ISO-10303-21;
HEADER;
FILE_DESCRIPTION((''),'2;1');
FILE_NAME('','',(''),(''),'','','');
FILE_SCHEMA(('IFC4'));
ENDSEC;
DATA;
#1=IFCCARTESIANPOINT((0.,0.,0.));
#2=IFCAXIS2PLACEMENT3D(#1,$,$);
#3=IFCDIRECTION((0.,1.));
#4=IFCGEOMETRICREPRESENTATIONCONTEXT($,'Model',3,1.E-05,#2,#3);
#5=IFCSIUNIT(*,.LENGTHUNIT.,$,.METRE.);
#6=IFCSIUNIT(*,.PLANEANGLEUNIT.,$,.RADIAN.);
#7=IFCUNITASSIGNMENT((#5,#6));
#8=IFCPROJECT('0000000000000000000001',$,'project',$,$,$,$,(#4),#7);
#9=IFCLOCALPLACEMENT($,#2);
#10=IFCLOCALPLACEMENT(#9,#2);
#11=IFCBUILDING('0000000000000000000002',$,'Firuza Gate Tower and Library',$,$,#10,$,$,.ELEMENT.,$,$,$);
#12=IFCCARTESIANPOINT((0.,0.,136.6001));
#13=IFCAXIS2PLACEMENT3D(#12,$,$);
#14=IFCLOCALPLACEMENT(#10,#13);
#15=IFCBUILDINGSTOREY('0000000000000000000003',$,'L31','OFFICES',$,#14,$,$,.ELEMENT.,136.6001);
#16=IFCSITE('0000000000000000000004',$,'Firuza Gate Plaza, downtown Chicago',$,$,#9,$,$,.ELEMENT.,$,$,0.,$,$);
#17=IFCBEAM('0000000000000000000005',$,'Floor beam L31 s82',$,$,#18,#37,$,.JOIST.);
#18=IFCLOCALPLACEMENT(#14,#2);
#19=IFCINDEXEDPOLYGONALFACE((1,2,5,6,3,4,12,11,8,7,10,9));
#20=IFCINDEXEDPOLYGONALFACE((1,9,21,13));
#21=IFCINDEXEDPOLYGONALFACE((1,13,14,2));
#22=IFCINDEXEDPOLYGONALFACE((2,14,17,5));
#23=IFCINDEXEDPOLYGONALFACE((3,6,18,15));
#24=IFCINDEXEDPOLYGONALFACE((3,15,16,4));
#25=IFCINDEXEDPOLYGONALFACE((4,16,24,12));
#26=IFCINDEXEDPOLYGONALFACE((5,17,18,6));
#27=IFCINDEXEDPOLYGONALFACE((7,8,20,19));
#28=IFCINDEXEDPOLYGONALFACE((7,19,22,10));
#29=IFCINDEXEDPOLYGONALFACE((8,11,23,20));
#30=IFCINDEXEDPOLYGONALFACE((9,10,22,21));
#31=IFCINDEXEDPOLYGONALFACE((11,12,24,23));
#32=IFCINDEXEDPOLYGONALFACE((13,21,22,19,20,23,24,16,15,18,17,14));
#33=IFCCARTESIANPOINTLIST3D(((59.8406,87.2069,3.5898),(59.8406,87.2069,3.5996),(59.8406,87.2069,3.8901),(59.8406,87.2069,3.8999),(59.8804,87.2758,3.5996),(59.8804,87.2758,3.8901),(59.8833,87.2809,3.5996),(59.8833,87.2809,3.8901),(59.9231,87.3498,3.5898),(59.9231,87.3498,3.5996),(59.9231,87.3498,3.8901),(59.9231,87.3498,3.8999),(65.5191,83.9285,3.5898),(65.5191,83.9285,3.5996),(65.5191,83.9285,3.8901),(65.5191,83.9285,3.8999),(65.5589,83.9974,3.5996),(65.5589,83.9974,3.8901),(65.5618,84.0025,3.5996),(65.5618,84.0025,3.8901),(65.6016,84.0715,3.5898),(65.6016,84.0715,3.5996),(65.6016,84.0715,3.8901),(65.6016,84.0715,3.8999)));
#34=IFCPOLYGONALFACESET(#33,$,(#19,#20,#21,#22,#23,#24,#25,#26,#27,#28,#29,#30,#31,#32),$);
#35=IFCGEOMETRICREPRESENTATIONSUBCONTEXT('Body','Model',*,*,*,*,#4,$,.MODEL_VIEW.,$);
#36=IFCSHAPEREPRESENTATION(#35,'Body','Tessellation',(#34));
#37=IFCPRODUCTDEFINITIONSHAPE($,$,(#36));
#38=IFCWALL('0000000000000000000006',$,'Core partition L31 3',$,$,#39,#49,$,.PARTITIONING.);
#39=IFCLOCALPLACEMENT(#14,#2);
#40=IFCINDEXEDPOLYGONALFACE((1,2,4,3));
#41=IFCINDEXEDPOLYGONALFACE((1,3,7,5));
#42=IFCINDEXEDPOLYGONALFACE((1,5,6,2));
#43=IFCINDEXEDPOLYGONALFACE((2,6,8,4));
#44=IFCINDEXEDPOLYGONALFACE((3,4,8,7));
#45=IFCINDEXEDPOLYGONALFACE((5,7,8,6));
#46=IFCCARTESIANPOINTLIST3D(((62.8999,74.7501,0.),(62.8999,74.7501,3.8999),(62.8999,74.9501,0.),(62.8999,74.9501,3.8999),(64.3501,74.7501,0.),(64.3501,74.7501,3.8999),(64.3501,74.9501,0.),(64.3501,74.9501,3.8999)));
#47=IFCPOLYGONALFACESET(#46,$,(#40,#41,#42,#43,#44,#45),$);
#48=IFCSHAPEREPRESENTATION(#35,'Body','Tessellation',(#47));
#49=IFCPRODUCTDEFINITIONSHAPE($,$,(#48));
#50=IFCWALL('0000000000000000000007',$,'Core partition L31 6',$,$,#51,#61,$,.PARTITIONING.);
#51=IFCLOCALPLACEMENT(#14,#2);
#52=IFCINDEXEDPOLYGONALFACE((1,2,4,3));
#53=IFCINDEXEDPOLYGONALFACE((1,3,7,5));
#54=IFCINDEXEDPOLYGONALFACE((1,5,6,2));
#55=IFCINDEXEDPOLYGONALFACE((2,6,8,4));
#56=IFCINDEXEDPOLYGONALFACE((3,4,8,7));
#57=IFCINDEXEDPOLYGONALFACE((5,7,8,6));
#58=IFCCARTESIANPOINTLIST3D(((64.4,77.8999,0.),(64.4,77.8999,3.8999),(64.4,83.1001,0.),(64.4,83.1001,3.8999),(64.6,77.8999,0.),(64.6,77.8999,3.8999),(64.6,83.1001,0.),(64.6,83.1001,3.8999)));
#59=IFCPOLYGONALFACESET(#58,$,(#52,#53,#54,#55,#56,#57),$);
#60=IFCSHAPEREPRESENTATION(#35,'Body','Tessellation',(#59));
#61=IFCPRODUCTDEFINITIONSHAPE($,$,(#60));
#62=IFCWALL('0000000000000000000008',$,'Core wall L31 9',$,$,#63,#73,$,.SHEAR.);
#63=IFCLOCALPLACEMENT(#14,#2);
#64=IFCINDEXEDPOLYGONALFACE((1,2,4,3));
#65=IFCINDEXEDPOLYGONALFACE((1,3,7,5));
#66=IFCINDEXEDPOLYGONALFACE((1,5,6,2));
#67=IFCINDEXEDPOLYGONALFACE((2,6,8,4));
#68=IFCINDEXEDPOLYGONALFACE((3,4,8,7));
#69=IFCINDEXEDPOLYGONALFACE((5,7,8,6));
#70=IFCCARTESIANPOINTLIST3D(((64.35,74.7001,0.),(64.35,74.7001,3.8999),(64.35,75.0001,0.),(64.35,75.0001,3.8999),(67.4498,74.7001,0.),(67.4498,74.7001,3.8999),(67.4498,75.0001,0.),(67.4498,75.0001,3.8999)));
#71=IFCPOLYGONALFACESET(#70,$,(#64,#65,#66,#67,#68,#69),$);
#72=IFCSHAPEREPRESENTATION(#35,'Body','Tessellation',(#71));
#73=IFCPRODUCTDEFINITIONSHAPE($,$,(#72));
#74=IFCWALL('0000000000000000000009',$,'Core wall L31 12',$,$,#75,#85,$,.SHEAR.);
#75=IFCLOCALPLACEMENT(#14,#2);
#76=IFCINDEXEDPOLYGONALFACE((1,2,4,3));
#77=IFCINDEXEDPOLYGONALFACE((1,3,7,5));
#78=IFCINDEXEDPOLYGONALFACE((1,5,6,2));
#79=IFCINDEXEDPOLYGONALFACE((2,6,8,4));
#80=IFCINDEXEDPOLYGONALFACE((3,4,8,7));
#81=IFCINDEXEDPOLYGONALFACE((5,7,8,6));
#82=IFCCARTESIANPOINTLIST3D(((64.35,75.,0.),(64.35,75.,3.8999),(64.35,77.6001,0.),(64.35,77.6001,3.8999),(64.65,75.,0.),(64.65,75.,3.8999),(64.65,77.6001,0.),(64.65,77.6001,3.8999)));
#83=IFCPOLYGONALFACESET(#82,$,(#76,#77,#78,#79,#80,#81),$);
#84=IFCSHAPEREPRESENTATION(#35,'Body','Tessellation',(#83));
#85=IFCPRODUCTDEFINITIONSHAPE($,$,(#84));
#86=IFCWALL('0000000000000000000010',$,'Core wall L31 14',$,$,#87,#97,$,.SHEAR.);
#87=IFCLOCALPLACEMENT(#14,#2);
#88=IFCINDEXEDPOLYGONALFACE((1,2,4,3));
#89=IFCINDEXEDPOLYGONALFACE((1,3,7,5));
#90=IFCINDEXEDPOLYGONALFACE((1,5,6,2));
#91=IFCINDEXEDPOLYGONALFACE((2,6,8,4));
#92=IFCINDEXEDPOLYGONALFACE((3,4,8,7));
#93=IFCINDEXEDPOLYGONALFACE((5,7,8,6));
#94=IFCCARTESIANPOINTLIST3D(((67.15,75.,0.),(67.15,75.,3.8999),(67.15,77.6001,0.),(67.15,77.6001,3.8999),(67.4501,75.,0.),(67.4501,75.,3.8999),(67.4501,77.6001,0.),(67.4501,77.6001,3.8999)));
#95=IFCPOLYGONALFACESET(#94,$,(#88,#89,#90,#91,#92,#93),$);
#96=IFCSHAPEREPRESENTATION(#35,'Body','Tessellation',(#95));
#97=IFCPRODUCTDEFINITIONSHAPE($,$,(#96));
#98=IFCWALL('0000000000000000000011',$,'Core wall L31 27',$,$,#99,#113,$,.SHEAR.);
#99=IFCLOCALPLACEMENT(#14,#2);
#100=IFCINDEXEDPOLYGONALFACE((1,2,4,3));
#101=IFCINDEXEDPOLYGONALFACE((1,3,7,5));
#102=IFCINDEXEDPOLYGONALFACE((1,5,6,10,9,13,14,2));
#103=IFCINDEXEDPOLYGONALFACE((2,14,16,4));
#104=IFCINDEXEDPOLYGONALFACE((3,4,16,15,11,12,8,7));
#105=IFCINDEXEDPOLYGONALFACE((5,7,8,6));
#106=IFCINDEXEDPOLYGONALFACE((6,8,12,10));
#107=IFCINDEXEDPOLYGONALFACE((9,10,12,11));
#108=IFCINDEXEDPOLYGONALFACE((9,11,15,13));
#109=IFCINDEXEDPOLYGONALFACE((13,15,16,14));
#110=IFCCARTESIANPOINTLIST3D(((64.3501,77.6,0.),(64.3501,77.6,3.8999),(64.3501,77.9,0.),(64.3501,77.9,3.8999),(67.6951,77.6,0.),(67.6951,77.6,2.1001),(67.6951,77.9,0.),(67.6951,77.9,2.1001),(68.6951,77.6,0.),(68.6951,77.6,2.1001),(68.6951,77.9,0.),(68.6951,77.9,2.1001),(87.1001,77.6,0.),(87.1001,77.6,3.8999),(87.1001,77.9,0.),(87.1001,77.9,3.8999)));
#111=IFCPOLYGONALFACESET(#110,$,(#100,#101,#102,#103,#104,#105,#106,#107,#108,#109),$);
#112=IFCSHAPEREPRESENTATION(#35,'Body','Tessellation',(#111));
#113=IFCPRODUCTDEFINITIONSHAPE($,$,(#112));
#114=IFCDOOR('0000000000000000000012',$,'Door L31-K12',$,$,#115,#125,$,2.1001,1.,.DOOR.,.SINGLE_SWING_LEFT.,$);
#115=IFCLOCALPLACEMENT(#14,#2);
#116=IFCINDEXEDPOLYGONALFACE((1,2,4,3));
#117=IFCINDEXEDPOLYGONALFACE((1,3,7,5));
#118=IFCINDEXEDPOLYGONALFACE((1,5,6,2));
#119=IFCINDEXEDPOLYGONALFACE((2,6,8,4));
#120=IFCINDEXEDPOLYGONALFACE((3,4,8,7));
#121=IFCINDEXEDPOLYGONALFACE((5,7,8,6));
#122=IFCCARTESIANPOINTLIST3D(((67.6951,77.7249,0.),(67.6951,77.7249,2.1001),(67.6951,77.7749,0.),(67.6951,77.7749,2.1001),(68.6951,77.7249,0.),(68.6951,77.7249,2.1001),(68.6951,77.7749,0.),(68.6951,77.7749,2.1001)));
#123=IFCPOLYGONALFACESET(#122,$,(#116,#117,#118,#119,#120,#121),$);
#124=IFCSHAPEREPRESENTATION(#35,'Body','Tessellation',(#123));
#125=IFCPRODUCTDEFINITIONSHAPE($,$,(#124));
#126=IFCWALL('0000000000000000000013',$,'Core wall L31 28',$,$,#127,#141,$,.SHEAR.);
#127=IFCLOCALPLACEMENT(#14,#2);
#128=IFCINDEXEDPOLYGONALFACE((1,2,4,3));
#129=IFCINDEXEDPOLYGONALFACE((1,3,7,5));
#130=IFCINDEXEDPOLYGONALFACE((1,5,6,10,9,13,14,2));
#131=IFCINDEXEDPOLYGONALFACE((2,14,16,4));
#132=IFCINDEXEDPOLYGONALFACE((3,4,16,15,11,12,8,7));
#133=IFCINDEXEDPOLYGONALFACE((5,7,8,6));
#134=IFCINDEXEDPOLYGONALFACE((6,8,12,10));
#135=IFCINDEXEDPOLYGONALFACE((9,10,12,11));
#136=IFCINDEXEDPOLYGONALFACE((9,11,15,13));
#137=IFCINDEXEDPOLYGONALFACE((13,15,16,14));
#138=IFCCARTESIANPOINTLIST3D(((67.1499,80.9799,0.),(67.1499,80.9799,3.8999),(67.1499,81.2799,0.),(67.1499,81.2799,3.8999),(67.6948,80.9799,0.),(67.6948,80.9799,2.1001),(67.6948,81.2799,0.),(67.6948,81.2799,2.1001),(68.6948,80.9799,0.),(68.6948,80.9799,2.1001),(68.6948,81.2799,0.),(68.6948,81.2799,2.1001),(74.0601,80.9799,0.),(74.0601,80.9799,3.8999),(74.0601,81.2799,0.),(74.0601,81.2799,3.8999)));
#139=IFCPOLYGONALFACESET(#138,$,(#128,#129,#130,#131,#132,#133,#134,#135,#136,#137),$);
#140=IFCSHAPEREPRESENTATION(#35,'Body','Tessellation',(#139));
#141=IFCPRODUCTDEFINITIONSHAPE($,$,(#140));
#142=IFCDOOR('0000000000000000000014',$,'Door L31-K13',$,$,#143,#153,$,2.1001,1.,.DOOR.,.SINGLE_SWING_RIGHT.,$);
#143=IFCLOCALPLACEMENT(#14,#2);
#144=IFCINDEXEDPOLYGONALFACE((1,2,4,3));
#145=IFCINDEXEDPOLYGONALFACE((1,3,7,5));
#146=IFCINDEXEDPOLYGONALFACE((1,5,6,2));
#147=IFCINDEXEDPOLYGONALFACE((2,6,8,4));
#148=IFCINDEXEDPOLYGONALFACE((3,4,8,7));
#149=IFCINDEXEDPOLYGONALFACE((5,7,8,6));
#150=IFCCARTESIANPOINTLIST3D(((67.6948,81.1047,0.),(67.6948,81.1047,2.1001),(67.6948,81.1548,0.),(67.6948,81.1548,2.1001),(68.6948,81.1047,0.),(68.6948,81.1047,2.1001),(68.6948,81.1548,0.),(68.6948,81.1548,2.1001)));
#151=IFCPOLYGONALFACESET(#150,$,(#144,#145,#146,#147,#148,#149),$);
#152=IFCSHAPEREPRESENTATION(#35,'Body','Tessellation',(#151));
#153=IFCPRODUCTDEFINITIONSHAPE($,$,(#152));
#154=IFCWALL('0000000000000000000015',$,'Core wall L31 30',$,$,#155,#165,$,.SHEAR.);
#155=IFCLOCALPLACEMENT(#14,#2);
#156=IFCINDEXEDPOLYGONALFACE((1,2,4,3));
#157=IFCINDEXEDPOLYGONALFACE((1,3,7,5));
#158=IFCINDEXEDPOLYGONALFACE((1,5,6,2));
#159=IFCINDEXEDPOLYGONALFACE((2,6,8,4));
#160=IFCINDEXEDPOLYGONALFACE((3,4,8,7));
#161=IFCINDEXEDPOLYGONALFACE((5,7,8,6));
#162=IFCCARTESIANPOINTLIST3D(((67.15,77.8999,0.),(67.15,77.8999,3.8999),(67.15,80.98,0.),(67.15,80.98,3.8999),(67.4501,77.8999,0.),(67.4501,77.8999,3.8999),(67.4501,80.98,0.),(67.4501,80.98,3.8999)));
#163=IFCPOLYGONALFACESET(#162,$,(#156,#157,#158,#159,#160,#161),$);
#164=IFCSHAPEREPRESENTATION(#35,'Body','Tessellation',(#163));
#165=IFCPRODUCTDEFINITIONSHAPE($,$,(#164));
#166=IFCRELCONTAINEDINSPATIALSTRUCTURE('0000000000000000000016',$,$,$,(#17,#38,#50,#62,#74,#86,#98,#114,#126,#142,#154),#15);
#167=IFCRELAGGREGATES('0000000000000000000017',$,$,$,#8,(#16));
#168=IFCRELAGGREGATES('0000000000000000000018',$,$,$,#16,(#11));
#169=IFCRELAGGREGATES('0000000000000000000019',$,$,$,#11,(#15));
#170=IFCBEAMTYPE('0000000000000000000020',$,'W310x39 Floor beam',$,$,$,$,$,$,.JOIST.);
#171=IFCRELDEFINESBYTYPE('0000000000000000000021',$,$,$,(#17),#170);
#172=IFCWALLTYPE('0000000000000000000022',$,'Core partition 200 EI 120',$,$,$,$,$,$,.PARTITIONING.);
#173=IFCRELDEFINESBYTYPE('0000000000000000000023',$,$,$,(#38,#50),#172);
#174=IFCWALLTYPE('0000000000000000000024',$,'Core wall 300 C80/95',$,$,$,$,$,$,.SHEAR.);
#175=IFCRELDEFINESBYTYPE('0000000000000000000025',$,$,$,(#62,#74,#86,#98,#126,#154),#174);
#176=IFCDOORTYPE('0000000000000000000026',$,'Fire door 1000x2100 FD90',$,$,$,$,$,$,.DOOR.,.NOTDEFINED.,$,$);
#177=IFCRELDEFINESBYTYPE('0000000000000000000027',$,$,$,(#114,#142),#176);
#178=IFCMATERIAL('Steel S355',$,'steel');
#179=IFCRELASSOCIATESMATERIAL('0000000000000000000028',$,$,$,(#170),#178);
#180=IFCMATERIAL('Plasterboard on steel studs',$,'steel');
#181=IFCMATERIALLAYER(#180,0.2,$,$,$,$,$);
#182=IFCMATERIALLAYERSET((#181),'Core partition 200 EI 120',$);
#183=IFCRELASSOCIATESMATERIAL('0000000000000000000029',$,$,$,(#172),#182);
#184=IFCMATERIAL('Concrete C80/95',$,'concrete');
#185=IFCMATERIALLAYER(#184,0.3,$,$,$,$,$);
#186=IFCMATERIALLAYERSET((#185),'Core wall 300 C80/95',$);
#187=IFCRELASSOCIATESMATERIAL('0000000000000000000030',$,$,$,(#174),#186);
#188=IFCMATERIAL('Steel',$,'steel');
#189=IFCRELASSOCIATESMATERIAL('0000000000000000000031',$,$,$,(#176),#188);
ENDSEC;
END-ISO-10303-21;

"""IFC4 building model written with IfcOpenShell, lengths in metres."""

from ifc_helpers import new_model, si_unit, direction, frame, frame_2d, origin, origin_2d, place, context, subcontext, project, spatial, rectangle, i_section, extrude, material, layer, layer_set, material_profile, profile_set, type_object, element, fill, save


model = new_model("IFC4")

# Units and contexts
model_context = context("Model", 3, precision=1e-05, world=origin(), true_north=direction((0.0, 1.0)))
body_context = subcontext(model_context, "Body", "Model", "MODEL_VIEW")
ifc_project = project(units=[si_unit("LENGTHUNIT", "METRE"), si_unit("PLANEANGLEUNIT", "RADIAN")], contexts=[model_context])

# Site, building, storey
site_placement = place(None, origin())
site = spatial("IfcSite", under=ifc_project, at=site_placement, Name="Firuza Gate Plaza, downtown Chicago", CompositionType="ELEMENT", RefElevation=0.0)
building_placement = place(site_placement, origin())
building = spatial("IfcBuilding", under=site, at=building_placement, Name="Firuza Gate Tower and Library", CompositionType="ELEMENT")
storey_placement = place(building_placement, frame((0.0, 0.0, 136.6001)))
storey = spatial("IfcBuildingStorey", under=building, at=storey_placement, Name="L31", Description="OFFICES", CompositionType="ELEMENT", Elevation=136.6001)

# Beam
ifc_material_1 = material(Name="Steel S355", Category="steel")
ifc_material_profile = material_profile(ifc_material_1, i_section(OverallWidth=0.165, OverallDepth=0.3101, WebThickness=0.0059, FlangeThickness=0.0098, at=origin_2d()))
ifc_profile_set = profile_set([ifc_material_profile], Name="Steel S355")
beam_type = type_object("IfcBeamType", Name="W310x39 Floor beam", PredefinedType="JOIST", material=ifc_profile_set)
beam_placement = place(storey_placement, frame((59.8818, 87.2783, 3.7449), z_axis=(0.866035, -0.499984, 0.0), x_axis=(0.499984, 0.866035, 0.0)))
element("IfcBeam", 1, at=beam_placement, inside=storey, type_object=beam_type, Name="Floor beam L31 s82", PredefinedType="JOIST", context=body_context, shape_type="SweptSolid", body=[
    extrude(i_section(OverallWidth=0.165, OverallDepth=0.3101, WebThickness=0.0059, FlangeThickness=0.0098, at=origin_2d()), origin(), (0.0, 0.0, 1.0), 6.5569),
])

# Walls
ifc_material_2 = material(Name="Plasterboard on steel studs", Category="steel")
ifc_layer_1 = layer(ifc_material_2, 0.2)
ifc_layer_set_1 = layer_set([ifc_layer_1], Name="Core partition 200 EI 120")
wall_type_1 = type_object("IfcWallType", Name="Core partition 200 EI 120", PredefinedType="PARTITIONING", material=ifc_layer_set_1)
wall_1_placement = place(storey_placement, frame((62.8999, 74.8501, 0.0), z_axis=(0.0, 0.0, 1.0), x_axis=(1.0, 0.0, 0.0)))
element("IfcWall", 2, at=wall_1_placement, inside=storey, type_object=wall_type_1, Name="Core partition L31 3", PredefinedType="PARTITIONING", context=body_context, shape_type="SweptSolid", body=[
    extrude(rectangle(XDim=1.4502, YDim=0.2, at=frame_2d((0.7251, 0.0))), origin(), (0.0, 0.0, 1.0), 3.8999),
])
wall_2_placement = place(storey_placement, frame((64.5, 77.8999, 0.0), z_axis=(0.0, 0.0, 1.0), x_axis=(0.0, 1.0, 0.0)))
element("IfcWall", 3, at=wall_2_placement, inside=storey, type_object=wall_type_1, Name="Core partition L31 6", PredefinedType="PARTITIONING", context=body_context, shape_type="SweptSolid", body=[
    extrude(rectangle(XDim=5.2002, YDim=0.2, at=frame_2d((2.6001, 0.0))), origin(), (0.0, 0.0, 1.0), 3.8999),
])
ifc_material_3 = material(Name="Concrete C80/95", Category="concrete")
ifc_layer_2 = layer(ifc_material_3, 0.3)
ifc_layer_set_2 = layer_set([ifc_layer_2], Name="Core wall 300 C80/95")
wall_type_2 = type_object("IfcWallType", Name="Core wall 300 C80/95", PredefinedType="SHEAR", material=ifc_layer_set_2)
wall_3_placement = place(storey_placement, frame((64.3501, 74.8501, 0.0), z_axis=(0.0, 0.0, 1.0), x_axis=(1.0, 0.0, 0.0)))
element("IfcWall", 4, at=wall_3_placement, inside=storey, type_object=wall_type_2, Name="Core wall L31 9", PredefinedType="SHEAR", context=body_context, shape_type="SweptSolid", body=[
    extrude(rectangle(XDim=3.0999, YDim=0.3, at=frame_2d((1.5498, 0.0))), origin(), (0.0, 0.0, 1.0), 3.8999),
])
for number, where, z_axis, x_axis, name in (
    (5, (64.5, 75.0, 0.0), (0.0, 0.0, 1.0), (0.0, 1.0, 0.0), "Core wall L31 12"),
    (6, (67.3, 75.0, 0.0), (0.0, 0.0, 1.0), (0.0, 1.0, 0.0), "Core wall L31 14"),
):
    element("IfcWall", number, at=place(storey_placement, frame(where, z_axis=z_axis, x_axis=x_axis)), inside=storey, type_object=wall_type_2, Name=name, PredefinedType="SHEAR", context=body_context, shape_type="SweptSolid", body=[
        extrude(rectangle(XDim=2.6001, YDim=0.3, at=frame_2d((1.3, 0.0))), origin(), (0.0, 0.0, 1.0), 3.8999),
    ])

# Walls, openings, doors
wall_4_placement = place(storey_placement, frame((64.3501, 77.75, 0.0), z_axis=(0.0, 0.0, 1.0), x_axis=(1.0, 0.0, 0.0)))
wall_4 = element("IfcWall", 7, at=wall_4_placement, inside=storey, type_object=wall_type_2, Name="Core wall L31 27", PredefinedType="SHEAR", context=body_context, shape_type="SweptSolid", body=[
    extrude(rectangle(XDim=22.75, YDim=0.3, at=frame_2d((11.375, 0.0))), origin(), (0.0, 0.0, 1.0), 3.8999),
])
opening_1_placement = place(wall_4_placement, frame((3.345, 0.0, 0.0)))
opening_1 = element("IfcOpeningElement", 8, at=opening_1_placement, cuts=wall_4, PredefinedType="OPENING", context=body_context, shape_type="SweptSolid", body=[
    extrude(rectangle(XDim=1.0, YDim=2.1001, at=frame_2d((0.5, 1.05))), frame((0.0, 0.1602, 0.0), z_axis=(0.0, -1.0, 0.0), x_axis=(1.0, 0.0, 0.0)), (0.0, 0.0, 1.0), 0.3201),
])
ifc_material_4 = material(Name="Steel", Category="steel")
door_type_1 = type_object("IfcDoorType", Name="Fire door 1000x2100 FD90", OperationType="NOTDEFINED", PredefinedType="DOOR", material=ifc_material_4)
door_1_placement = place(opening_1_placement, origin())
door_1 = element("IfcDoor", 9, at=door_1_placement, inside=storey, type_object=door_type_1, Name="Door L31-K12", OperationType="SINGLE_SWING_LEFT", OverallHeight=2.1001, OverallWidth=1.0, PredefinedType="DOOR", context=body_context, shape_type="SweptSolid", body=[
    extrude(rectangle(XDim=1.0, YDim=2.1001, at=frame_2d((0.5, 1.05))), frame((0.0, 0.0249, 0.0), z_axis=(0.0, -1.0, 0.0), x_axis=(1.0, 0.0, 0.0)), (0.0, 0.0, 1.0), 0.05),
])
fill(opening_1, door_1)
wall_5_placement = place(storey_placement, frame((67.1499, 81.1299, 0.0), z_axis=(0.0, 0.0, 1.0), x_axis=(1.0, 0.0, 0.0)))
wall_5 = element("IfcWall", 10, at=wall_5_placement, inside=storey, type_object=wall_type_2, Name="Core wall L31 28", PredefinedType="SHEAR", context=body_context, shape_type="SweptSolid", body=[
    extrude(rectangle(XDim=6.9102, YDim=0.3, at=frame_2d((3.4551, 0.0))), origin(), (0.0, 0.0, 1.0), 3.8999),
])
opening_2_placement = place(wall_5_placement, frame((0.5449, 0.0, 0.0)))
opening_2 = element("IfcOpeningElement", 11, at=opening_2_placement, cuts=wall_5, PredefinedType="OPENING", context=body_context, shape_type="SweptSolid", body=[
    extrude(rectangle(XDim=1.0, YDim=2.1001, at=frame_2d((0.5, 1.05))), frame((0.0, 0.1602, 0.0), z_axis=(0.0, -1.0, 0.0), x_axis=(1.0, 0.0, 0.0)), (0.0, 0.0, 1.0), 0.3201),
])
door_2_placement = place(opening_2_placement, origin())
door_2 = element("IfcDoor", 12, at=door_2_placement, inside=storey, type_object=door_type_1, Name="Door L31-K13", OperationType="SINGLE_SWING_RIGHT", OverallHeight=2.1001, OverallWidth=1.0, PredefinedType="DOOR", context=body_context, shape_type="SweptSolid", body=[
    extrude(rectangle(XDim=1.0, YDim=2.1001, at=frame_2d((0.5, 1.05))), frame((0.0, 0.0249, 0.0), z_axis=(0.0, -1.0, 0.0), x_axis=(1.0, 0.0, 0.0)), (0.0, 0.0, 1.0), 0.05),
])
fill(opening_2, door_2)

# Wall
wall_6_placement = place(storey_placement, frame((67.3, 77.8999, 0.0), z_axis=(0.0, 0.0, 1.0), x_axis=(0.0, 1.0, 0.0)))
element("IfcWall", 13, at=wall_6_placement, inside=storey, type_object=wall_type_2, Name="Core wall L31 30", PredefinedType="SHEAR", context=body_context, shape_type="SweptSolid", body=[
    extrude(rectangle(XDim=3.0801, YDim=0.3, at=frame_2d((1.54, 0.0))), origin(), (0.0, 0.0, 1.0), 3.8999),
])

save(model, "model.ifc")
